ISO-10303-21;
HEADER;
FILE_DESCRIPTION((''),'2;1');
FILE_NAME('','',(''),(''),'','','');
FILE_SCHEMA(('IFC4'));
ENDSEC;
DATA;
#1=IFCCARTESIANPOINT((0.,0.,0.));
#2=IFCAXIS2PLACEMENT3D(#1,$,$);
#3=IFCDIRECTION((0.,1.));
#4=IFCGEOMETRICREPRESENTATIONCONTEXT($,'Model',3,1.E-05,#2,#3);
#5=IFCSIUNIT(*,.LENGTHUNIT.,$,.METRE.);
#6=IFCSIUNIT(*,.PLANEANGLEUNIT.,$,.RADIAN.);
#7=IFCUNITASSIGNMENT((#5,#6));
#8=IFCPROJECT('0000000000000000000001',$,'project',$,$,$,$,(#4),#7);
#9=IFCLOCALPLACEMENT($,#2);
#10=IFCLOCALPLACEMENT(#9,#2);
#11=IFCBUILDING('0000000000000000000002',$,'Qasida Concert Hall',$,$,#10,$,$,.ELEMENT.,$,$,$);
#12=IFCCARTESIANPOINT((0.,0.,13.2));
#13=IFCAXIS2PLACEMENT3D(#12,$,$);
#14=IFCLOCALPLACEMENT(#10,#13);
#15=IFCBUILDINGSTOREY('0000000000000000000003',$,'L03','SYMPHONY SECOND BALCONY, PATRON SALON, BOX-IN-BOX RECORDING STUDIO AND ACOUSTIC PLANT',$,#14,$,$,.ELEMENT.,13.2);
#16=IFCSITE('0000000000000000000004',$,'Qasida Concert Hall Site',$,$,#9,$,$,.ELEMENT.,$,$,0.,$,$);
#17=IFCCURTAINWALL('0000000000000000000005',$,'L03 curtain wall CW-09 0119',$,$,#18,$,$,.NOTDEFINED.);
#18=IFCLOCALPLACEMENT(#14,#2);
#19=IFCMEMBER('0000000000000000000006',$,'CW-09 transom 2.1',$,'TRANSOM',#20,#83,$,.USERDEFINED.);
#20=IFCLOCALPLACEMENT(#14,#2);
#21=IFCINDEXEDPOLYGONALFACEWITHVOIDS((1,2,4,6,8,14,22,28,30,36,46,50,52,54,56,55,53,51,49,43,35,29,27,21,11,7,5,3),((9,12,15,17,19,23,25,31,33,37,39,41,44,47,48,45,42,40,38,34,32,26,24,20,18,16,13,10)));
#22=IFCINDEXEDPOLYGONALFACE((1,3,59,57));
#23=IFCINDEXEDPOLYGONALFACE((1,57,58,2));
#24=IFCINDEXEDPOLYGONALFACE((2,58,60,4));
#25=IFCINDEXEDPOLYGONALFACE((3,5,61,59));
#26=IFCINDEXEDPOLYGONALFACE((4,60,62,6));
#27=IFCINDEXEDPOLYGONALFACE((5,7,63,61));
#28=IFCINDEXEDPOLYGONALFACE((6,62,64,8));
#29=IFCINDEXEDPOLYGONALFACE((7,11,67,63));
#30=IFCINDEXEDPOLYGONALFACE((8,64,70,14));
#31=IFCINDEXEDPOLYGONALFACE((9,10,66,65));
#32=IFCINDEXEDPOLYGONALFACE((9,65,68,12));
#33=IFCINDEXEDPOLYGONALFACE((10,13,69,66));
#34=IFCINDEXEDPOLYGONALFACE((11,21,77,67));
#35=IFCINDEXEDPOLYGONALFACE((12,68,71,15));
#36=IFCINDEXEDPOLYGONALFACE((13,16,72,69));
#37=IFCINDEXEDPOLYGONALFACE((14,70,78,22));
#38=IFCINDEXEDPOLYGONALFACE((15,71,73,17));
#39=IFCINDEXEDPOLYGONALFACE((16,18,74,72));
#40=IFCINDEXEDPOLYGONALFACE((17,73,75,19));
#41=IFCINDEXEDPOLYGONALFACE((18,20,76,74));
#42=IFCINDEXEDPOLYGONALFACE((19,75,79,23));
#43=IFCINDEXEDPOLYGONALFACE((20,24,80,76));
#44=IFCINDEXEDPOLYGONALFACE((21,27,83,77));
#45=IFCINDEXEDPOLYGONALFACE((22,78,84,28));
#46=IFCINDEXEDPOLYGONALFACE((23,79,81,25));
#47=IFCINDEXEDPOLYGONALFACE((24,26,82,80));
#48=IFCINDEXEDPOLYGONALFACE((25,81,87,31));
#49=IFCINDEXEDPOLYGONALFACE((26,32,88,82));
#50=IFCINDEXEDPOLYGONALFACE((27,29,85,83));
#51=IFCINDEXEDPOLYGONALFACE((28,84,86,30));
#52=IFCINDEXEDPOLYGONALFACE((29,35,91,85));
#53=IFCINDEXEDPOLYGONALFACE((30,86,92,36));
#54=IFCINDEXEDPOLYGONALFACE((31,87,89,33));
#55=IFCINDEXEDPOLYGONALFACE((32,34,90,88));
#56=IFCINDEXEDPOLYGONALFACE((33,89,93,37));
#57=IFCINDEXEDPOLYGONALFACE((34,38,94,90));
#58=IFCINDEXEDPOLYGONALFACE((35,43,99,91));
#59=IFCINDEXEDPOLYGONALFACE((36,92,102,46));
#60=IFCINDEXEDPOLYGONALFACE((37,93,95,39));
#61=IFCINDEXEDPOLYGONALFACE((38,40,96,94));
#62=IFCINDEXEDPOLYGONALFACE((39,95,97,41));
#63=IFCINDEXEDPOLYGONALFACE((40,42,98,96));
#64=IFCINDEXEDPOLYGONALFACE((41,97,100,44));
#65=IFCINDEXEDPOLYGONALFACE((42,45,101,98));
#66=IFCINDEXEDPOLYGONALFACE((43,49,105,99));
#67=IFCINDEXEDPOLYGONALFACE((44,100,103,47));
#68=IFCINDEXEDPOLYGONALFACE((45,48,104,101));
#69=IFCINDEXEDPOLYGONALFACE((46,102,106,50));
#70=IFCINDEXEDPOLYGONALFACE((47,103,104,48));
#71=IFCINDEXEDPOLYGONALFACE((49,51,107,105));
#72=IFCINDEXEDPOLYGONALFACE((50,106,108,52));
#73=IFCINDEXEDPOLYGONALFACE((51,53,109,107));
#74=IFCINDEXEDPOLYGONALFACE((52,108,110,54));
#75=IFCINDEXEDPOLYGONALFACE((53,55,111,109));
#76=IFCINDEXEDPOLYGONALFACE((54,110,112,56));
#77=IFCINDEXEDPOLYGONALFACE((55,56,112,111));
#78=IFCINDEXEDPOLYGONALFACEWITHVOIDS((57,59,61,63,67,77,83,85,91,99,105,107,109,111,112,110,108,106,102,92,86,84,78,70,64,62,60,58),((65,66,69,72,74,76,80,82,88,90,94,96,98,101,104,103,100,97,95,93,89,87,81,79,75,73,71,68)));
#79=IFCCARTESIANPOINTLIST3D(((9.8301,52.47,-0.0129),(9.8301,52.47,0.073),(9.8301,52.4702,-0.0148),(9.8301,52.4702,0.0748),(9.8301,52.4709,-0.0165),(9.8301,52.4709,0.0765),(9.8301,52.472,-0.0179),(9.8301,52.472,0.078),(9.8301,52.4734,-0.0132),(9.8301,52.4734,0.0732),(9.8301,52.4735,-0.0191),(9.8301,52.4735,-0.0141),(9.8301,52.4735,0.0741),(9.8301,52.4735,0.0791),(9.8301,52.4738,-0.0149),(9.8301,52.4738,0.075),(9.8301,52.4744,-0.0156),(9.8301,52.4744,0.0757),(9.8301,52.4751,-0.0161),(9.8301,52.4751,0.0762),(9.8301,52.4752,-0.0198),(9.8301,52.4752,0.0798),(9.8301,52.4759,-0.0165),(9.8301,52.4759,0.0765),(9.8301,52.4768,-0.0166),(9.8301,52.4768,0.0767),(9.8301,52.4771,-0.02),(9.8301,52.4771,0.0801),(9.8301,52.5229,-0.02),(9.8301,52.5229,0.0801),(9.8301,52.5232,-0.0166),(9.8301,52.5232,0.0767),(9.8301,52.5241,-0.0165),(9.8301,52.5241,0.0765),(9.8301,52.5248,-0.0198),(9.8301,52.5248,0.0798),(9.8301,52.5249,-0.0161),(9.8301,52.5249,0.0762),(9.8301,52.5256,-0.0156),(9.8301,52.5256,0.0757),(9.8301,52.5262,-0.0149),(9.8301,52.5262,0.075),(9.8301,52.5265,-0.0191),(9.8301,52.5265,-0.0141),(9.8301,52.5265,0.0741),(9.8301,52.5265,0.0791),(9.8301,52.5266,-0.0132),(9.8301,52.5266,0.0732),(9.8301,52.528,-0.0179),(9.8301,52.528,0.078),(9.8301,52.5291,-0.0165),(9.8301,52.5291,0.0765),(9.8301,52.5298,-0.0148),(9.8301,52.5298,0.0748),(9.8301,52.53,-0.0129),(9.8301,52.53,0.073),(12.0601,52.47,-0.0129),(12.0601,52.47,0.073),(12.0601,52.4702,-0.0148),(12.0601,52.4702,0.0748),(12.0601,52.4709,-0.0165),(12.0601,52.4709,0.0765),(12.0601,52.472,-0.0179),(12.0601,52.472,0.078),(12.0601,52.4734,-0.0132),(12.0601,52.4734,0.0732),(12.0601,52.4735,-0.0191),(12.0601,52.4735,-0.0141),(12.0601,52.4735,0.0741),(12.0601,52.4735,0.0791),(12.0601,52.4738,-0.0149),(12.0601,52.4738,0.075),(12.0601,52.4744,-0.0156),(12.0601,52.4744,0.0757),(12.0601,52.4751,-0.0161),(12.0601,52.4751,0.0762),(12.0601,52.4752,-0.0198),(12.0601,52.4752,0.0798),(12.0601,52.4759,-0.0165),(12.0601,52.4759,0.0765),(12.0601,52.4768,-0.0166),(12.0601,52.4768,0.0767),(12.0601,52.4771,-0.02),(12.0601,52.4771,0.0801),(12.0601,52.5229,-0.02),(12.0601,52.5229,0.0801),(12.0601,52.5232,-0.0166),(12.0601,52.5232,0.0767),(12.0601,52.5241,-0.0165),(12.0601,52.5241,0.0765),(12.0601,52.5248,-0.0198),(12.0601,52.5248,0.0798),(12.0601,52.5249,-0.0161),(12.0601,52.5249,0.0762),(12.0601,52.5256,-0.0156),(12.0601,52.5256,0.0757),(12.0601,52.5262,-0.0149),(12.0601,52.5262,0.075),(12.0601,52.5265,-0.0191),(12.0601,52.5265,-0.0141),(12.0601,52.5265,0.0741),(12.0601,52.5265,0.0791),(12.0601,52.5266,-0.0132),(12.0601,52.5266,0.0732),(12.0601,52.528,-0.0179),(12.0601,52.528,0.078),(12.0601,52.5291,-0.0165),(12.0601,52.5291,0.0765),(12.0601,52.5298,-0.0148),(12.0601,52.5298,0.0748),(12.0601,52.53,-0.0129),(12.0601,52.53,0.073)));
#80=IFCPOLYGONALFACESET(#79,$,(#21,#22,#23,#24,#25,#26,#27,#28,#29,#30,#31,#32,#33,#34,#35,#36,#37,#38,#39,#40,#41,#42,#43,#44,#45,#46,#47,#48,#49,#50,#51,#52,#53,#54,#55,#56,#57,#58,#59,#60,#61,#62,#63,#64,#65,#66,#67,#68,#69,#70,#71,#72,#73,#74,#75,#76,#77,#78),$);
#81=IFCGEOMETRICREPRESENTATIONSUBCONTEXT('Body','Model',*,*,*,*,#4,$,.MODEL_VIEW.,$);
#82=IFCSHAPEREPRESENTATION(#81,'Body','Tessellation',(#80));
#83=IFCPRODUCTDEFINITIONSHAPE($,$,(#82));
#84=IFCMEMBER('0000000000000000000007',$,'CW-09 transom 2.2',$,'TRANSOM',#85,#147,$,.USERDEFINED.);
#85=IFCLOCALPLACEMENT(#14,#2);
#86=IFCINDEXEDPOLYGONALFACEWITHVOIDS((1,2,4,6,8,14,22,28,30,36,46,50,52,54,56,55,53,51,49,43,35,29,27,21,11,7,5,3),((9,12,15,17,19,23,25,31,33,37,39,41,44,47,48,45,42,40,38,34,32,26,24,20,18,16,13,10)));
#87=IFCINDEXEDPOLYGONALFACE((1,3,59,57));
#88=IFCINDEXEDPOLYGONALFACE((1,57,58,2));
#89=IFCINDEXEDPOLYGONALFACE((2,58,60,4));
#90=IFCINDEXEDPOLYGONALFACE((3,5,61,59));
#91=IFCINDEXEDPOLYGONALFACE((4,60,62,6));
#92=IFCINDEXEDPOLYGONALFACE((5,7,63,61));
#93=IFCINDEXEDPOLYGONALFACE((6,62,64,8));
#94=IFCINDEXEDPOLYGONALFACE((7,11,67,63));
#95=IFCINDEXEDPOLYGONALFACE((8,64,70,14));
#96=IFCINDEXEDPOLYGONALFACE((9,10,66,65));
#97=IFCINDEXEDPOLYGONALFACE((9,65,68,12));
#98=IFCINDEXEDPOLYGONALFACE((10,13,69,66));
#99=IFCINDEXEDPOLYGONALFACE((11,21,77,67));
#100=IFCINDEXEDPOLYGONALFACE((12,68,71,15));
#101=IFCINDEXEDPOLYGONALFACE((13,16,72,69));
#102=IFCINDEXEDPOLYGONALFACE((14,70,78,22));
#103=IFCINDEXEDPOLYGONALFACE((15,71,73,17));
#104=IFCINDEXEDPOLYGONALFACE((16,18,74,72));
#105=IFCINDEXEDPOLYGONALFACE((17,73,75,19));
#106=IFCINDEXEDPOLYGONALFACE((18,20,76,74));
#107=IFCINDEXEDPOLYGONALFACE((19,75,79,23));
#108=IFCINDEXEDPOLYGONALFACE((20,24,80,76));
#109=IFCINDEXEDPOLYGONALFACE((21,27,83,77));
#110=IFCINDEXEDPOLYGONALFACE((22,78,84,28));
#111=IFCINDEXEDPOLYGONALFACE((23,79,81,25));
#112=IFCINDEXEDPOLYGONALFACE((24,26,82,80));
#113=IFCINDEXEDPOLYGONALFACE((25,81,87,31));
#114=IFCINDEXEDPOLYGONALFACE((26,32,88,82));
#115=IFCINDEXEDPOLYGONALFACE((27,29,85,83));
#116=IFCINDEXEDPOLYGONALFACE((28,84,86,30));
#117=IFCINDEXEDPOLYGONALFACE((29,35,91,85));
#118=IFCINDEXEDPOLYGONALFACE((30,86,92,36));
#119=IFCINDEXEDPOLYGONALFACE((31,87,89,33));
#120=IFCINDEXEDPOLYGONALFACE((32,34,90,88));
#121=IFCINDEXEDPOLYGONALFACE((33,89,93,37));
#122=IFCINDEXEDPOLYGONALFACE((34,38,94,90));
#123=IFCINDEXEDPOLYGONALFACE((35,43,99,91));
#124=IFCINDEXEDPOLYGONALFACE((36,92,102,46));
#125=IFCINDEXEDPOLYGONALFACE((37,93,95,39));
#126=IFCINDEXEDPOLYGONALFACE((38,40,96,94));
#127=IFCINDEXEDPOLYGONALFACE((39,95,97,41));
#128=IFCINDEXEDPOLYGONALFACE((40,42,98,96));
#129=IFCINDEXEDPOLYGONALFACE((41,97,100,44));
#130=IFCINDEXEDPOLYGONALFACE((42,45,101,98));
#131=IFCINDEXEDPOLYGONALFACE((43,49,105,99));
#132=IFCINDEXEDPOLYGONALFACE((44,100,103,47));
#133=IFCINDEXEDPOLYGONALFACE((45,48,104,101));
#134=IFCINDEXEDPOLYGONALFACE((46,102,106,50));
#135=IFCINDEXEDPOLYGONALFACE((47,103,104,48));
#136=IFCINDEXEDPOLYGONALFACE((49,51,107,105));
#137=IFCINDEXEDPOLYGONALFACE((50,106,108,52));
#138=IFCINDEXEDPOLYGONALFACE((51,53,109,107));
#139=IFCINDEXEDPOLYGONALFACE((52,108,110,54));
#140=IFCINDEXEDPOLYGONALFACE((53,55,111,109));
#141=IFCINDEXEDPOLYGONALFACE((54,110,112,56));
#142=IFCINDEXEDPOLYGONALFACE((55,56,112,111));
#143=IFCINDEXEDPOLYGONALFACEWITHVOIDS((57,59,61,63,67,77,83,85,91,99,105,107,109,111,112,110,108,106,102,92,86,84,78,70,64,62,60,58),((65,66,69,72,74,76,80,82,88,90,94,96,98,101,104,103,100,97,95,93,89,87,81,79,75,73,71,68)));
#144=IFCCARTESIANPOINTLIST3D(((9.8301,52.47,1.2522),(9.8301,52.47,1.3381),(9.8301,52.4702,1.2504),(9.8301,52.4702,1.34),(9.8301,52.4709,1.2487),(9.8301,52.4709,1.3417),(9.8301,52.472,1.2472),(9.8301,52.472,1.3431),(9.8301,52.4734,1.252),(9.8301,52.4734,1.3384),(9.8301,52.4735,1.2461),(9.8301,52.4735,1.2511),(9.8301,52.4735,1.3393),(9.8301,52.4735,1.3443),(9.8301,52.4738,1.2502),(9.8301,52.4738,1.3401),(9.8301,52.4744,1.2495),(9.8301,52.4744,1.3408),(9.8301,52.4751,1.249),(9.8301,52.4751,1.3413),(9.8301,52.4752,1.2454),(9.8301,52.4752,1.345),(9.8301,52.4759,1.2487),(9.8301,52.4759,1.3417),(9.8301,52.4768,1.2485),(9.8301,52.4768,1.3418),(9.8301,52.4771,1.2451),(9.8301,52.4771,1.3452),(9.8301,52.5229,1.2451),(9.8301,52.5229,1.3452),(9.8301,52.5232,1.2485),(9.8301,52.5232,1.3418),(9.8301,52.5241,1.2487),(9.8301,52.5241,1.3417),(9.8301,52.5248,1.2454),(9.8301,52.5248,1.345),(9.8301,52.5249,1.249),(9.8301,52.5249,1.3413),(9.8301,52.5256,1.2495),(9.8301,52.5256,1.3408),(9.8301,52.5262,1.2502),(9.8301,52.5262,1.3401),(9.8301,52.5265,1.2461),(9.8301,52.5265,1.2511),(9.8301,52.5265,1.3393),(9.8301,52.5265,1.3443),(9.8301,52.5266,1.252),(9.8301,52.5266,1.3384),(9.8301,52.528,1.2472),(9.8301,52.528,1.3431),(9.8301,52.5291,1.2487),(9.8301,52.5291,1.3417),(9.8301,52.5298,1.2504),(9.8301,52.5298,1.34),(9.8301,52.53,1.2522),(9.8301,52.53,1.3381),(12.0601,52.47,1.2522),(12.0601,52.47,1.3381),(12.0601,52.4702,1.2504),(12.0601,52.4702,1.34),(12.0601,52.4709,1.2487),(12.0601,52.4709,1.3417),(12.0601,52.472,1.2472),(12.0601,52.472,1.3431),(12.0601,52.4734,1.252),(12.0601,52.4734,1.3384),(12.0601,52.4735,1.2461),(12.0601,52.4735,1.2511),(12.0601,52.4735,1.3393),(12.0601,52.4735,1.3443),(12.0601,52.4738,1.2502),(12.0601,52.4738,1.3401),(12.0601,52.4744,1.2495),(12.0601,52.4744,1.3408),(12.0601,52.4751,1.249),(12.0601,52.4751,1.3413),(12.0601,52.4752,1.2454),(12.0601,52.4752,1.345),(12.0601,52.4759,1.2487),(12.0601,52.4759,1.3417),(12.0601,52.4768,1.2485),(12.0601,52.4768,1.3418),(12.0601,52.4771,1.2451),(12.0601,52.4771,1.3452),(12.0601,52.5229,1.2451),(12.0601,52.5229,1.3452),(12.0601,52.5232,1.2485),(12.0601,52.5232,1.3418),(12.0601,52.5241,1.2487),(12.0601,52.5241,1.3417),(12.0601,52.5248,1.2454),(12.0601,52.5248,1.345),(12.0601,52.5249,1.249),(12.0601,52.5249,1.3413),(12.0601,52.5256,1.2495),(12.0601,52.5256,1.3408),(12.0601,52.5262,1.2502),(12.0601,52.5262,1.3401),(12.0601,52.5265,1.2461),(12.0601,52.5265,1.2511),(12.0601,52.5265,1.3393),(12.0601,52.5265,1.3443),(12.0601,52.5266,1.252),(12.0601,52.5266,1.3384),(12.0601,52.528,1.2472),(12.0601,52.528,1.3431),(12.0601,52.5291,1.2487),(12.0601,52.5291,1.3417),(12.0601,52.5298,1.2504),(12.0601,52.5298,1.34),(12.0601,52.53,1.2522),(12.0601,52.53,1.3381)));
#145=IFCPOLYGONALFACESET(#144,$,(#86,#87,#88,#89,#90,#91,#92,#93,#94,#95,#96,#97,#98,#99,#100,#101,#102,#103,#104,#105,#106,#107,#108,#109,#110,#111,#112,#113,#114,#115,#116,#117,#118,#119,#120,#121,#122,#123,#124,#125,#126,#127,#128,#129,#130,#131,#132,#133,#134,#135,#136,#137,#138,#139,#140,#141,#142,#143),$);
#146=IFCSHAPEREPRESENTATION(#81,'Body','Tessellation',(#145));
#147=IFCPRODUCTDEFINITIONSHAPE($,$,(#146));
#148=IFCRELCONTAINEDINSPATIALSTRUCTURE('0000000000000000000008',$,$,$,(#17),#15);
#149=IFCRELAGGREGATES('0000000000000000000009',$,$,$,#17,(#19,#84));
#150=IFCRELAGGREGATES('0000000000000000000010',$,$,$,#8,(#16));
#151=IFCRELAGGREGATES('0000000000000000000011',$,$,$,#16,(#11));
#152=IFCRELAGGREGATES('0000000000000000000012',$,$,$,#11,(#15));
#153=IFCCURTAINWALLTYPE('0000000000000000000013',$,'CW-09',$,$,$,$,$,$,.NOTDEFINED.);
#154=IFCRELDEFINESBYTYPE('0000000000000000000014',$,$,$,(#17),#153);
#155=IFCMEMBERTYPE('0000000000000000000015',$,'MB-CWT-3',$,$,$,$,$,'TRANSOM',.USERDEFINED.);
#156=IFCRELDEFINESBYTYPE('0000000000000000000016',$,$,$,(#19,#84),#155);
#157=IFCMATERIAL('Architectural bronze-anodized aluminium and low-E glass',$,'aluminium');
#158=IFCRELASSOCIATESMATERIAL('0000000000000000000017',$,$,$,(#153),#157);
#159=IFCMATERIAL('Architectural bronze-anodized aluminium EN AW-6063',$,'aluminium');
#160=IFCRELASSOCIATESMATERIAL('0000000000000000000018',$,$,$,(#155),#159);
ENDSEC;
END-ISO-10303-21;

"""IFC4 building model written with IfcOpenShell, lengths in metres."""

from ifc_helpers import new_model, si_unit, direction, frame, origin, origin_2d, place, context, subcontext, project, spatial, hollow_rectangle, extrude, material, material_profile, profile_set, type_object, element, aggregate, save


model = new_model("IFC4")

# Units and contexts
model_context = context("Model", 3, precision=1e-05, world=origin(), true_north=direction((0.0, 1.0)))
body_context = subcontext(model_context, "Body", "Model", "MODEL_VIEW")
ifc_project = project(units=[si_unit("LENGTHUNIT", "METRE"), si_unit("PLANEANGLEUNIT", "RADIAN")], contexts=[model_context])

# Site, building, storey
site_placement = place(None, origin())
site = spatial("IfcSite", under=ifc_project, at=site_placement, Name="Qasida Concert Hall Site", CompositionType="ELEMENT", RefElevation=0.0)
building_placement = place(site_placement, origin())
building = spatial("IfcBuilding", under=site, at=building_placement, Name="Qasida Concert Hall", CompositionType="ELEMENT")
storey_placement = place(building_placement, frame((0.0, 0.0, 13.2)))
storey = spatial("IfcBuildingStorey", under=building, at=storey_placement, Name="L03", Description="SYMPHONY SECOND BALCONY, PATRON SALON, BOX-IN-BOX RECORDING STUDIO AND ACOUSTIC PLANT", CompositionType="ELEMENT", Elevation=13.2)

# Curtain wall
ifc_material_1 = material(Name="Architectural bronze-anodized aluminium and low-E glass", Category="aluminium")
curtain_wall_type = type_object("IfcCurtainWallType", Name="CW-09", PredefinedType="NOTDEFINED", material=ifc_material_1)
ifc_material_2 = material(Name="Architectural bronze-anodized aluminium EN AW-6063", Category="aluminium")
curtain_wall_1_placement = place(storey_placement, origin())
curtain_wall_1 = element("IfcCurtainWall", 1, at=curtain_wall_1_placement, inside=storey, type_object=curtain_wall_type, Name="L03 curtain wall CW-09 0119", PredefinedType="NOTDEFINED")

# Members
ifc_material_profile_1 = material_profile(ifc_material_2, hollow_rectangle(XDim=0.0601, YDim=0.1001, WallThickness=0.0034, InnerFilletRadius=0.0034, OuterFilletRadius=0.0071, at=origin_2d()), Name="CWT 100x60x3.5")
ifc_profile_set_1 = profile_set([ifc_material_profile_1], Name="Architectural bronze-anodized aluminium EN AW-6063")
member_type_1 = type_object("IfcMemberType", Name="MB-CWT-3", ElementType="TRANSOM", PredefinedType="USERDEFINED", material=ifc_profile_set_1)
member_1_placement = place(storey_placement, frame((9.8301, 52.5, 0.03), z_axis=(1.0, 0.0, 0.0), x_axis=(0.0, 1.0, 0.0)))
member_1 = element("IfcMember", 2, at=member_1_placement, type_object=member_type_1, Name="CW-09 transom 2.1", ObjectType="TRANSOM", PredefinedType="USERDEFINED", context=body_context, shape_type="SweptSolid", body=[
    extrude(hollow_rectangle(XDim=0.0601, YDim=0.1001, WallThickness=0.0034, InnerFilletRadius=0.0034, OuterFilletRadius=0.0071, at=origin_2d()), origin(), (0.0, 0.0, 1.0), 2.23),
])
member_2_placement = place(storey_placement, frame((9.8301, 52.5, 1.2952), z_axis=(1.0, 0.0, 0.0), x_axis=(0.0, 1.0, 0.0)))
member_2 = element("IfcMember", 3, at=member_2_placement, type_object=member_type_1, Name="CW-09 transom 2.2", ObjectType="TRANSOM", PredefinedType="USERDEFINED", context=body_context, shape_type="SweptSolid", body=[
    extrude(hollow_rectangle(XDim=0.0601, YDim=0.1001, WallThickness=0.0034, InnerFilletRadius=0.0034, OuterFilletRadius=0.0071, at=origin_2d()), origin(), (0.0, 0.0, 1.0), 2.23),
])

aggregate(curtain_wall_1, [member_1, member_2])

save(model, "model.ifc")
